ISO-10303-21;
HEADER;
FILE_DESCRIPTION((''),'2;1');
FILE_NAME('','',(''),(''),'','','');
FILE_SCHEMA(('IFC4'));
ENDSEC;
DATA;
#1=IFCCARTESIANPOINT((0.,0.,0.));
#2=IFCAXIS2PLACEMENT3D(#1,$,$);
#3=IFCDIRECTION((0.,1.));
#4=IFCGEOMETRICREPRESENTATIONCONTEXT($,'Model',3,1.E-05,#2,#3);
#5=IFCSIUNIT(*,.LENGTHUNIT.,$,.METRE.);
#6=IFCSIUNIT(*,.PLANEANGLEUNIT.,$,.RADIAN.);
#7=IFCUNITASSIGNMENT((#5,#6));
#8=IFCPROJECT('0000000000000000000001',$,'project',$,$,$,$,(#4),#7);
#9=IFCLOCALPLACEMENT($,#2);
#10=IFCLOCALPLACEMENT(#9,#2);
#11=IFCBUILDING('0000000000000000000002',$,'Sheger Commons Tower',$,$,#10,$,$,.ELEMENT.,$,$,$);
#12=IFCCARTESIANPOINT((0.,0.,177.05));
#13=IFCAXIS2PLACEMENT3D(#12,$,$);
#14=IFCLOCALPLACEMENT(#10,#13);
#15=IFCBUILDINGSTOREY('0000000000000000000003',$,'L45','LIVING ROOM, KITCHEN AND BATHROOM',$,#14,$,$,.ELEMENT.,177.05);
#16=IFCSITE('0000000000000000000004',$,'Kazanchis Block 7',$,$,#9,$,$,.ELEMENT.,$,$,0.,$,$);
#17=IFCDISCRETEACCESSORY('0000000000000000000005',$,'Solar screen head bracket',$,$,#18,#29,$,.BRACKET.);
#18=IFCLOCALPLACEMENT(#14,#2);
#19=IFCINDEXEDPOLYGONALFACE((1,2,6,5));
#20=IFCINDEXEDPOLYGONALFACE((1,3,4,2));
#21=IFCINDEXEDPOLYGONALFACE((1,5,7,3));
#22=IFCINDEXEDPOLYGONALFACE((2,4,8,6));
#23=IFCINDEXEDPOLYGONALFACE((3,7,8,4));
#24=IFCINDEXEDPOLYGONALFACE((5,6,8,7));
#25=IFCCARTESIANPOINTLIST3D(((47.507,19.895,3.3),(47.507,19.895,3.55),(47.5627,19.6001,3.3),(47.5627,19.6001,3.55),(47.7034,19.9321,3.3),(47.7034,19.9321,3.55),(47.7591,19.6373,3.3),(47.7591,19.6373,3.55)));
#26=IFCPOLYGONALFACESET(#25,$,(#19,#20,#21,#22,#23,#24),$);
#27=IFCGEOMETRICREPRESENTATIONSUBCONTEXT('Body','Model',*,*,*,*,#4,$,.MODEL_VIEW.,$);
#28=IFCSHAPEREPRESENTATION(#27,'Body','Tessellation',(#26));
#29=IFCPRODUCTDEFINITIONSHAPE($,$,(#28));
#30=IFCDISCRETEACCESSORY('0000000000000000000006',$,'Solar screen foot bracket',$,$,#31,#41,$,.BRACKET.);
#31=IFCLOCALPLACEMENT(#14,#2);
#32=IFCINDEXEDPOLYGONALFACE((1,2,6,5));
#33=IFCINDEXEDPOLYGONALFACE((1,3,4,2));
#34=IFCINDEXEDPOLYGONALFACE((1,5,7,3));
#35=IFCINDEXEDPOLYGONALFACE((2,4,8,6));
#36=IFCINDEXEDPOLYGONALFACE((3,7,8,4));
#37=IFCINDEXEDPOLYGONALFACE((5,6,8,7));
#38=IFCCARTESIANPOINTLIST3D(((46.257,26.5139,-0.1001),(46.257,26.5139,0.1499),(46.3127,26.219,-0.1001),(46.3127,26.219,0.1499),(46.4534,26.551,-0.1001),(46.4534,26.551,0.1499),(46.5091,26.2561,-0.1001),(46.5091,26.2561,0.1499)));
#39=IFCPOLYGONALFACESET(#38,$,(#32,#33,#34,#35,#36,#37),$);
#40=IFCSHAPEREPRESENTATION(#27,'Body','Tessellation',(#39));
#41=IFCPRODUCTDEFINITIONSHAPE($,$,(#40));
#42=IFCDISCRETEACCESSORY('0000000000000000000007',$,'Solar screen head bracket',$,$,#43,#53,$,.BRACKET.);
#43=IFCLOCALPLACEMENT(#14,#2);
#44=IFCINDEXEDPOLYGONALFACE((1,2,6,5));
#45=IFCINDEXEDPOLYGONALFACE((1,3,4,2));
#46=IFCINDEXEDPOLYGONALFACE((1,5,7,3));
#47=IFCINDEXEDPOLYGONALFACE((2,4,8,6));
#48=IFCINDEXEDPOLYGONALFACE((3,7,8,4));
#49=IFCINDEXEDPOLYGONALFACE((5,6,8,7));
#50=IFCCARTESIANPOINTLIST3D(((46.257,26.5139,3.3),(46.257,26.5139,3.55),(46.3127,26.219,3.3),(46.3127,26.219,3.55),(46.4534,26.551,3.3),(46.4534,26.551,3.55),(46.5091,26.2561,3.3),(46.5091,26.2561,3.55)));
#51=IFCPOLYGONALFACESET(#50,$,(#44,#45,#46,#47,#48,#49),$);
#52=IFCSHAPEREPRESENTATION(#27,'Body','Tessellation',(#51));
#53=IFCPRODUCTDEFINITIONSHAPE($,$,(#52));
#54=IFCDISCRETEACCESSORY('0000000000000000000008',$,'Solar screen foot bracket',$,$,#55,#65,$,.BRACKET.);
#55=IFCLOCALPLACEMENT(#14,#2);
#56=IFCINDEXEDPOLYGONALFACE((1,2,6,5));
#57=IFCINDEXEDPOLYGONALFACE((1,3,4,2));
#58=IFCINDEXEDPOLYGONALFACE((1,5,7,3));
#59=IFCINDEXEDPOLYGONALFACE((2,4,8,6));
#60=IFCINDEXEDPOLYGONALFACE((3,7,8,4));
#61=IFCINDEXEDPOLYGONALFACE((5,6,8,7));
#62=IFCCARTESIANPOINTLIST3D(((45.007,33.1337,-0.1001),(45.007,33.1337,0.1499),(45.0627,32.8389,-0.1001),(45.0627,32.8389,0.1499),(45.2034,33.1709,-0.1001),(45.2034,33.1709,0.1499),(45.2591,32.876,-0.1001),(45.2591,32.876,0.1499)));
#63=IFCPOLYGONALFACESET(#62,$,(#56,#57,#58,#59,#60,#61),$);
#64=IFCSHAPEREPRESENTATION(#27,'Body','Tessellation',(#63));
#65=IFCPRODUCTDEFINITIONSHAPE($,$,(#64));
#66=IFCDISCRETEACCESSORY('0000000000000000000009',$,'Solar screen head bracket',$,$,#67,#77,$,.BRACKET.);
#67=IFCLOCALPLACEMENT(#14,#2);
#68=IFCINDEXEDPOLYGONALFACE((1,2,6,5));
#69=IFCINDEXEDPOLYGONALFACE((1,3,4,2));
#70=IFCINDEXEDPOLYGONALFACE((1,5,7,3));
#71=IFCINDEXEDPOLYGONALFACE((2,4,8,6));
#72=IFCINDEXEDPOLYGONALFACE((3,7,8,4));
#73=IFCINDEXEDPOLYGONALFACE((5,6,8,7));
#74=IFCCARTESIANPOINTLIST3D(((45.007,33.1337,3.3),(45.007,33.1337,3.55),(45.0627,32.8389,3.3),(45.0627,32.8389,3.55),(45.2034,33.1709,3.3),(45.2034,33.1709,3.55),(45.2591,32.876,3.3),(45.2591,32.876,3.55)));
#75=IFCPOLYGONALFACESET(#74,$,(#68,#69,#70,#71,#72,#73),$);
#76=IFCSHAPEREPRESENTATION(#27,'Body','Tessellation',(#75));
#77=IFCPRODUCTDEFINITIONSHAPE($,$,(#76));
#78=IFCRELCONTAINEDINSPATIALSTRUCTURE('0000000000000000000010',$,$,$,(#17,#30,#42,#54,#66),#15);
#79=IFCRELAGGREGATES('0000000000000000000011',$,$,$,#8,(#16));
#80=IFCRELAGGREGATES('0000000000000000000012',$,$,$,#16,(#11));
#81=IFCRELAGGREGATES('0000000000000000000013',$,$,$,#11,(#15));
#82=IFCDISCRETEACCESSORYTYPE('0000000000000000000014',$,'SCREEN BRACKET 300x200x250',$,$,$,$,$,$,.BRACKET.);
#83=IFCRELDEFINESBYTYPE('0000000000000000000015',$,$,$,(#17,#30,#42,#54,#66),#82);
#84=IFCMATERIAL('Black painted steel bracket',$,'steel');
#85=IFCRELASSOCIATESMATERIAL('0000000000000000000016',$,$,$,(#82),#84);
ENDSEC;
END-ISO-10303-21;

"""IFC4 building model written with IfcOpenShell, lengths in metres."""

from ifc_helpers import new_model, si_unit, direction, frame, origin, origin_2d, place, context, subcontext, project, spatial, rectangle, extrude, material, type_object, element, save


model = new_model("IFC4")

# Units and contexts
model_context = context("Model", 3, precision=1e-05, world=origin(), true_north=direction((0.0, 1.0)))
body_context = subcontext(model_context, "Body", "Model", "MODEL_VIEW")
ifc_project = project(units=[si_unit("LENGTHUNIT", "METRE"), si_unit("PLANEANGLEUNIT", "RADIAN")], contexts=[model_context])

# Site, building, storey
site_placement = place(None, origin())
site = spatial("IfcSite", under=ifc_project, at=site_placement, Name="Kazanchis Block 7", CompositionType="ELEMENT", RefElevation=0.0)
building_placement = place(site_placement, origin())
building = spatial("IfcBuilding", under=site, at=building_placement, Name="Sheger Commons Tower", CompositionType="ELEMENT")
storey_placement = place(building_placement, frame((0.0, 0.0, 177.05)))
storey = spatial("IfcBuildingStorey", under=building, at=storey_placement, Name="L45", Description="LIVING ROOM, KITCHEN AND BATHROOM", CompositionType="ELEMENT", Elevation=177.05)

# Discrete accessories
ifc_material_1 = material(Name="Black painted steel bracket", Category="steel")
discrete_accessory_type = type_object("IfcDiscreteAccessoryType", Name="SCREEN BRACKET 300x200x250", PredefinedType="BRACKET", material=ifc_material_1)
for number, where, z_axis, x_axis, name in (
    (1, (47.6331, 19.7661, 3.3), (0.0, 0.0, 1.0), (-0.185615, 0.982623, 0.0), "Solar screen head bracket"),
    (2, (46.3831, 26.385, -0.1001), (0.0, 0.0, 1.0), (-0.185615, 0.982623, 0.0), "Solar screen foot bracket"),
    (3, (46.3831, 26.385, 3.3), (0.0, 0.0, 1.0), (-0.185615, 0.982623, 0.0), "Solar screen head bracket"),
    (4, (45.1331, 33.0049, -0.1001), (0.0, 0.0, 1.0), (-0.185615, 0.982623, 0.0), "Solar screen foot bracket"),
    (5, (45.1331, 33.0049, 3.3), (0.0, 0.0, 1.0), (-0.185615, 0.982623, 0.0), "Solar screen head bracket"),
):
    element("IfcDiscreteAccessory", number, at=place(storey_placement, frame(where, z_axis=z_axis, x_axis=x_axis)), inside=storey, type_object=discrete_accessory_type, Name=name, PredefinedType="BRACKET", context=body_context, shape_type="SweptSolid", body=[
        extrude(rectangle(XDim=0.3, YDim=0.2, at=origin_2d()), origin(), (0.0, 0.0, 1.0), 0.25),
    ])

save(model, "model.ifc")
